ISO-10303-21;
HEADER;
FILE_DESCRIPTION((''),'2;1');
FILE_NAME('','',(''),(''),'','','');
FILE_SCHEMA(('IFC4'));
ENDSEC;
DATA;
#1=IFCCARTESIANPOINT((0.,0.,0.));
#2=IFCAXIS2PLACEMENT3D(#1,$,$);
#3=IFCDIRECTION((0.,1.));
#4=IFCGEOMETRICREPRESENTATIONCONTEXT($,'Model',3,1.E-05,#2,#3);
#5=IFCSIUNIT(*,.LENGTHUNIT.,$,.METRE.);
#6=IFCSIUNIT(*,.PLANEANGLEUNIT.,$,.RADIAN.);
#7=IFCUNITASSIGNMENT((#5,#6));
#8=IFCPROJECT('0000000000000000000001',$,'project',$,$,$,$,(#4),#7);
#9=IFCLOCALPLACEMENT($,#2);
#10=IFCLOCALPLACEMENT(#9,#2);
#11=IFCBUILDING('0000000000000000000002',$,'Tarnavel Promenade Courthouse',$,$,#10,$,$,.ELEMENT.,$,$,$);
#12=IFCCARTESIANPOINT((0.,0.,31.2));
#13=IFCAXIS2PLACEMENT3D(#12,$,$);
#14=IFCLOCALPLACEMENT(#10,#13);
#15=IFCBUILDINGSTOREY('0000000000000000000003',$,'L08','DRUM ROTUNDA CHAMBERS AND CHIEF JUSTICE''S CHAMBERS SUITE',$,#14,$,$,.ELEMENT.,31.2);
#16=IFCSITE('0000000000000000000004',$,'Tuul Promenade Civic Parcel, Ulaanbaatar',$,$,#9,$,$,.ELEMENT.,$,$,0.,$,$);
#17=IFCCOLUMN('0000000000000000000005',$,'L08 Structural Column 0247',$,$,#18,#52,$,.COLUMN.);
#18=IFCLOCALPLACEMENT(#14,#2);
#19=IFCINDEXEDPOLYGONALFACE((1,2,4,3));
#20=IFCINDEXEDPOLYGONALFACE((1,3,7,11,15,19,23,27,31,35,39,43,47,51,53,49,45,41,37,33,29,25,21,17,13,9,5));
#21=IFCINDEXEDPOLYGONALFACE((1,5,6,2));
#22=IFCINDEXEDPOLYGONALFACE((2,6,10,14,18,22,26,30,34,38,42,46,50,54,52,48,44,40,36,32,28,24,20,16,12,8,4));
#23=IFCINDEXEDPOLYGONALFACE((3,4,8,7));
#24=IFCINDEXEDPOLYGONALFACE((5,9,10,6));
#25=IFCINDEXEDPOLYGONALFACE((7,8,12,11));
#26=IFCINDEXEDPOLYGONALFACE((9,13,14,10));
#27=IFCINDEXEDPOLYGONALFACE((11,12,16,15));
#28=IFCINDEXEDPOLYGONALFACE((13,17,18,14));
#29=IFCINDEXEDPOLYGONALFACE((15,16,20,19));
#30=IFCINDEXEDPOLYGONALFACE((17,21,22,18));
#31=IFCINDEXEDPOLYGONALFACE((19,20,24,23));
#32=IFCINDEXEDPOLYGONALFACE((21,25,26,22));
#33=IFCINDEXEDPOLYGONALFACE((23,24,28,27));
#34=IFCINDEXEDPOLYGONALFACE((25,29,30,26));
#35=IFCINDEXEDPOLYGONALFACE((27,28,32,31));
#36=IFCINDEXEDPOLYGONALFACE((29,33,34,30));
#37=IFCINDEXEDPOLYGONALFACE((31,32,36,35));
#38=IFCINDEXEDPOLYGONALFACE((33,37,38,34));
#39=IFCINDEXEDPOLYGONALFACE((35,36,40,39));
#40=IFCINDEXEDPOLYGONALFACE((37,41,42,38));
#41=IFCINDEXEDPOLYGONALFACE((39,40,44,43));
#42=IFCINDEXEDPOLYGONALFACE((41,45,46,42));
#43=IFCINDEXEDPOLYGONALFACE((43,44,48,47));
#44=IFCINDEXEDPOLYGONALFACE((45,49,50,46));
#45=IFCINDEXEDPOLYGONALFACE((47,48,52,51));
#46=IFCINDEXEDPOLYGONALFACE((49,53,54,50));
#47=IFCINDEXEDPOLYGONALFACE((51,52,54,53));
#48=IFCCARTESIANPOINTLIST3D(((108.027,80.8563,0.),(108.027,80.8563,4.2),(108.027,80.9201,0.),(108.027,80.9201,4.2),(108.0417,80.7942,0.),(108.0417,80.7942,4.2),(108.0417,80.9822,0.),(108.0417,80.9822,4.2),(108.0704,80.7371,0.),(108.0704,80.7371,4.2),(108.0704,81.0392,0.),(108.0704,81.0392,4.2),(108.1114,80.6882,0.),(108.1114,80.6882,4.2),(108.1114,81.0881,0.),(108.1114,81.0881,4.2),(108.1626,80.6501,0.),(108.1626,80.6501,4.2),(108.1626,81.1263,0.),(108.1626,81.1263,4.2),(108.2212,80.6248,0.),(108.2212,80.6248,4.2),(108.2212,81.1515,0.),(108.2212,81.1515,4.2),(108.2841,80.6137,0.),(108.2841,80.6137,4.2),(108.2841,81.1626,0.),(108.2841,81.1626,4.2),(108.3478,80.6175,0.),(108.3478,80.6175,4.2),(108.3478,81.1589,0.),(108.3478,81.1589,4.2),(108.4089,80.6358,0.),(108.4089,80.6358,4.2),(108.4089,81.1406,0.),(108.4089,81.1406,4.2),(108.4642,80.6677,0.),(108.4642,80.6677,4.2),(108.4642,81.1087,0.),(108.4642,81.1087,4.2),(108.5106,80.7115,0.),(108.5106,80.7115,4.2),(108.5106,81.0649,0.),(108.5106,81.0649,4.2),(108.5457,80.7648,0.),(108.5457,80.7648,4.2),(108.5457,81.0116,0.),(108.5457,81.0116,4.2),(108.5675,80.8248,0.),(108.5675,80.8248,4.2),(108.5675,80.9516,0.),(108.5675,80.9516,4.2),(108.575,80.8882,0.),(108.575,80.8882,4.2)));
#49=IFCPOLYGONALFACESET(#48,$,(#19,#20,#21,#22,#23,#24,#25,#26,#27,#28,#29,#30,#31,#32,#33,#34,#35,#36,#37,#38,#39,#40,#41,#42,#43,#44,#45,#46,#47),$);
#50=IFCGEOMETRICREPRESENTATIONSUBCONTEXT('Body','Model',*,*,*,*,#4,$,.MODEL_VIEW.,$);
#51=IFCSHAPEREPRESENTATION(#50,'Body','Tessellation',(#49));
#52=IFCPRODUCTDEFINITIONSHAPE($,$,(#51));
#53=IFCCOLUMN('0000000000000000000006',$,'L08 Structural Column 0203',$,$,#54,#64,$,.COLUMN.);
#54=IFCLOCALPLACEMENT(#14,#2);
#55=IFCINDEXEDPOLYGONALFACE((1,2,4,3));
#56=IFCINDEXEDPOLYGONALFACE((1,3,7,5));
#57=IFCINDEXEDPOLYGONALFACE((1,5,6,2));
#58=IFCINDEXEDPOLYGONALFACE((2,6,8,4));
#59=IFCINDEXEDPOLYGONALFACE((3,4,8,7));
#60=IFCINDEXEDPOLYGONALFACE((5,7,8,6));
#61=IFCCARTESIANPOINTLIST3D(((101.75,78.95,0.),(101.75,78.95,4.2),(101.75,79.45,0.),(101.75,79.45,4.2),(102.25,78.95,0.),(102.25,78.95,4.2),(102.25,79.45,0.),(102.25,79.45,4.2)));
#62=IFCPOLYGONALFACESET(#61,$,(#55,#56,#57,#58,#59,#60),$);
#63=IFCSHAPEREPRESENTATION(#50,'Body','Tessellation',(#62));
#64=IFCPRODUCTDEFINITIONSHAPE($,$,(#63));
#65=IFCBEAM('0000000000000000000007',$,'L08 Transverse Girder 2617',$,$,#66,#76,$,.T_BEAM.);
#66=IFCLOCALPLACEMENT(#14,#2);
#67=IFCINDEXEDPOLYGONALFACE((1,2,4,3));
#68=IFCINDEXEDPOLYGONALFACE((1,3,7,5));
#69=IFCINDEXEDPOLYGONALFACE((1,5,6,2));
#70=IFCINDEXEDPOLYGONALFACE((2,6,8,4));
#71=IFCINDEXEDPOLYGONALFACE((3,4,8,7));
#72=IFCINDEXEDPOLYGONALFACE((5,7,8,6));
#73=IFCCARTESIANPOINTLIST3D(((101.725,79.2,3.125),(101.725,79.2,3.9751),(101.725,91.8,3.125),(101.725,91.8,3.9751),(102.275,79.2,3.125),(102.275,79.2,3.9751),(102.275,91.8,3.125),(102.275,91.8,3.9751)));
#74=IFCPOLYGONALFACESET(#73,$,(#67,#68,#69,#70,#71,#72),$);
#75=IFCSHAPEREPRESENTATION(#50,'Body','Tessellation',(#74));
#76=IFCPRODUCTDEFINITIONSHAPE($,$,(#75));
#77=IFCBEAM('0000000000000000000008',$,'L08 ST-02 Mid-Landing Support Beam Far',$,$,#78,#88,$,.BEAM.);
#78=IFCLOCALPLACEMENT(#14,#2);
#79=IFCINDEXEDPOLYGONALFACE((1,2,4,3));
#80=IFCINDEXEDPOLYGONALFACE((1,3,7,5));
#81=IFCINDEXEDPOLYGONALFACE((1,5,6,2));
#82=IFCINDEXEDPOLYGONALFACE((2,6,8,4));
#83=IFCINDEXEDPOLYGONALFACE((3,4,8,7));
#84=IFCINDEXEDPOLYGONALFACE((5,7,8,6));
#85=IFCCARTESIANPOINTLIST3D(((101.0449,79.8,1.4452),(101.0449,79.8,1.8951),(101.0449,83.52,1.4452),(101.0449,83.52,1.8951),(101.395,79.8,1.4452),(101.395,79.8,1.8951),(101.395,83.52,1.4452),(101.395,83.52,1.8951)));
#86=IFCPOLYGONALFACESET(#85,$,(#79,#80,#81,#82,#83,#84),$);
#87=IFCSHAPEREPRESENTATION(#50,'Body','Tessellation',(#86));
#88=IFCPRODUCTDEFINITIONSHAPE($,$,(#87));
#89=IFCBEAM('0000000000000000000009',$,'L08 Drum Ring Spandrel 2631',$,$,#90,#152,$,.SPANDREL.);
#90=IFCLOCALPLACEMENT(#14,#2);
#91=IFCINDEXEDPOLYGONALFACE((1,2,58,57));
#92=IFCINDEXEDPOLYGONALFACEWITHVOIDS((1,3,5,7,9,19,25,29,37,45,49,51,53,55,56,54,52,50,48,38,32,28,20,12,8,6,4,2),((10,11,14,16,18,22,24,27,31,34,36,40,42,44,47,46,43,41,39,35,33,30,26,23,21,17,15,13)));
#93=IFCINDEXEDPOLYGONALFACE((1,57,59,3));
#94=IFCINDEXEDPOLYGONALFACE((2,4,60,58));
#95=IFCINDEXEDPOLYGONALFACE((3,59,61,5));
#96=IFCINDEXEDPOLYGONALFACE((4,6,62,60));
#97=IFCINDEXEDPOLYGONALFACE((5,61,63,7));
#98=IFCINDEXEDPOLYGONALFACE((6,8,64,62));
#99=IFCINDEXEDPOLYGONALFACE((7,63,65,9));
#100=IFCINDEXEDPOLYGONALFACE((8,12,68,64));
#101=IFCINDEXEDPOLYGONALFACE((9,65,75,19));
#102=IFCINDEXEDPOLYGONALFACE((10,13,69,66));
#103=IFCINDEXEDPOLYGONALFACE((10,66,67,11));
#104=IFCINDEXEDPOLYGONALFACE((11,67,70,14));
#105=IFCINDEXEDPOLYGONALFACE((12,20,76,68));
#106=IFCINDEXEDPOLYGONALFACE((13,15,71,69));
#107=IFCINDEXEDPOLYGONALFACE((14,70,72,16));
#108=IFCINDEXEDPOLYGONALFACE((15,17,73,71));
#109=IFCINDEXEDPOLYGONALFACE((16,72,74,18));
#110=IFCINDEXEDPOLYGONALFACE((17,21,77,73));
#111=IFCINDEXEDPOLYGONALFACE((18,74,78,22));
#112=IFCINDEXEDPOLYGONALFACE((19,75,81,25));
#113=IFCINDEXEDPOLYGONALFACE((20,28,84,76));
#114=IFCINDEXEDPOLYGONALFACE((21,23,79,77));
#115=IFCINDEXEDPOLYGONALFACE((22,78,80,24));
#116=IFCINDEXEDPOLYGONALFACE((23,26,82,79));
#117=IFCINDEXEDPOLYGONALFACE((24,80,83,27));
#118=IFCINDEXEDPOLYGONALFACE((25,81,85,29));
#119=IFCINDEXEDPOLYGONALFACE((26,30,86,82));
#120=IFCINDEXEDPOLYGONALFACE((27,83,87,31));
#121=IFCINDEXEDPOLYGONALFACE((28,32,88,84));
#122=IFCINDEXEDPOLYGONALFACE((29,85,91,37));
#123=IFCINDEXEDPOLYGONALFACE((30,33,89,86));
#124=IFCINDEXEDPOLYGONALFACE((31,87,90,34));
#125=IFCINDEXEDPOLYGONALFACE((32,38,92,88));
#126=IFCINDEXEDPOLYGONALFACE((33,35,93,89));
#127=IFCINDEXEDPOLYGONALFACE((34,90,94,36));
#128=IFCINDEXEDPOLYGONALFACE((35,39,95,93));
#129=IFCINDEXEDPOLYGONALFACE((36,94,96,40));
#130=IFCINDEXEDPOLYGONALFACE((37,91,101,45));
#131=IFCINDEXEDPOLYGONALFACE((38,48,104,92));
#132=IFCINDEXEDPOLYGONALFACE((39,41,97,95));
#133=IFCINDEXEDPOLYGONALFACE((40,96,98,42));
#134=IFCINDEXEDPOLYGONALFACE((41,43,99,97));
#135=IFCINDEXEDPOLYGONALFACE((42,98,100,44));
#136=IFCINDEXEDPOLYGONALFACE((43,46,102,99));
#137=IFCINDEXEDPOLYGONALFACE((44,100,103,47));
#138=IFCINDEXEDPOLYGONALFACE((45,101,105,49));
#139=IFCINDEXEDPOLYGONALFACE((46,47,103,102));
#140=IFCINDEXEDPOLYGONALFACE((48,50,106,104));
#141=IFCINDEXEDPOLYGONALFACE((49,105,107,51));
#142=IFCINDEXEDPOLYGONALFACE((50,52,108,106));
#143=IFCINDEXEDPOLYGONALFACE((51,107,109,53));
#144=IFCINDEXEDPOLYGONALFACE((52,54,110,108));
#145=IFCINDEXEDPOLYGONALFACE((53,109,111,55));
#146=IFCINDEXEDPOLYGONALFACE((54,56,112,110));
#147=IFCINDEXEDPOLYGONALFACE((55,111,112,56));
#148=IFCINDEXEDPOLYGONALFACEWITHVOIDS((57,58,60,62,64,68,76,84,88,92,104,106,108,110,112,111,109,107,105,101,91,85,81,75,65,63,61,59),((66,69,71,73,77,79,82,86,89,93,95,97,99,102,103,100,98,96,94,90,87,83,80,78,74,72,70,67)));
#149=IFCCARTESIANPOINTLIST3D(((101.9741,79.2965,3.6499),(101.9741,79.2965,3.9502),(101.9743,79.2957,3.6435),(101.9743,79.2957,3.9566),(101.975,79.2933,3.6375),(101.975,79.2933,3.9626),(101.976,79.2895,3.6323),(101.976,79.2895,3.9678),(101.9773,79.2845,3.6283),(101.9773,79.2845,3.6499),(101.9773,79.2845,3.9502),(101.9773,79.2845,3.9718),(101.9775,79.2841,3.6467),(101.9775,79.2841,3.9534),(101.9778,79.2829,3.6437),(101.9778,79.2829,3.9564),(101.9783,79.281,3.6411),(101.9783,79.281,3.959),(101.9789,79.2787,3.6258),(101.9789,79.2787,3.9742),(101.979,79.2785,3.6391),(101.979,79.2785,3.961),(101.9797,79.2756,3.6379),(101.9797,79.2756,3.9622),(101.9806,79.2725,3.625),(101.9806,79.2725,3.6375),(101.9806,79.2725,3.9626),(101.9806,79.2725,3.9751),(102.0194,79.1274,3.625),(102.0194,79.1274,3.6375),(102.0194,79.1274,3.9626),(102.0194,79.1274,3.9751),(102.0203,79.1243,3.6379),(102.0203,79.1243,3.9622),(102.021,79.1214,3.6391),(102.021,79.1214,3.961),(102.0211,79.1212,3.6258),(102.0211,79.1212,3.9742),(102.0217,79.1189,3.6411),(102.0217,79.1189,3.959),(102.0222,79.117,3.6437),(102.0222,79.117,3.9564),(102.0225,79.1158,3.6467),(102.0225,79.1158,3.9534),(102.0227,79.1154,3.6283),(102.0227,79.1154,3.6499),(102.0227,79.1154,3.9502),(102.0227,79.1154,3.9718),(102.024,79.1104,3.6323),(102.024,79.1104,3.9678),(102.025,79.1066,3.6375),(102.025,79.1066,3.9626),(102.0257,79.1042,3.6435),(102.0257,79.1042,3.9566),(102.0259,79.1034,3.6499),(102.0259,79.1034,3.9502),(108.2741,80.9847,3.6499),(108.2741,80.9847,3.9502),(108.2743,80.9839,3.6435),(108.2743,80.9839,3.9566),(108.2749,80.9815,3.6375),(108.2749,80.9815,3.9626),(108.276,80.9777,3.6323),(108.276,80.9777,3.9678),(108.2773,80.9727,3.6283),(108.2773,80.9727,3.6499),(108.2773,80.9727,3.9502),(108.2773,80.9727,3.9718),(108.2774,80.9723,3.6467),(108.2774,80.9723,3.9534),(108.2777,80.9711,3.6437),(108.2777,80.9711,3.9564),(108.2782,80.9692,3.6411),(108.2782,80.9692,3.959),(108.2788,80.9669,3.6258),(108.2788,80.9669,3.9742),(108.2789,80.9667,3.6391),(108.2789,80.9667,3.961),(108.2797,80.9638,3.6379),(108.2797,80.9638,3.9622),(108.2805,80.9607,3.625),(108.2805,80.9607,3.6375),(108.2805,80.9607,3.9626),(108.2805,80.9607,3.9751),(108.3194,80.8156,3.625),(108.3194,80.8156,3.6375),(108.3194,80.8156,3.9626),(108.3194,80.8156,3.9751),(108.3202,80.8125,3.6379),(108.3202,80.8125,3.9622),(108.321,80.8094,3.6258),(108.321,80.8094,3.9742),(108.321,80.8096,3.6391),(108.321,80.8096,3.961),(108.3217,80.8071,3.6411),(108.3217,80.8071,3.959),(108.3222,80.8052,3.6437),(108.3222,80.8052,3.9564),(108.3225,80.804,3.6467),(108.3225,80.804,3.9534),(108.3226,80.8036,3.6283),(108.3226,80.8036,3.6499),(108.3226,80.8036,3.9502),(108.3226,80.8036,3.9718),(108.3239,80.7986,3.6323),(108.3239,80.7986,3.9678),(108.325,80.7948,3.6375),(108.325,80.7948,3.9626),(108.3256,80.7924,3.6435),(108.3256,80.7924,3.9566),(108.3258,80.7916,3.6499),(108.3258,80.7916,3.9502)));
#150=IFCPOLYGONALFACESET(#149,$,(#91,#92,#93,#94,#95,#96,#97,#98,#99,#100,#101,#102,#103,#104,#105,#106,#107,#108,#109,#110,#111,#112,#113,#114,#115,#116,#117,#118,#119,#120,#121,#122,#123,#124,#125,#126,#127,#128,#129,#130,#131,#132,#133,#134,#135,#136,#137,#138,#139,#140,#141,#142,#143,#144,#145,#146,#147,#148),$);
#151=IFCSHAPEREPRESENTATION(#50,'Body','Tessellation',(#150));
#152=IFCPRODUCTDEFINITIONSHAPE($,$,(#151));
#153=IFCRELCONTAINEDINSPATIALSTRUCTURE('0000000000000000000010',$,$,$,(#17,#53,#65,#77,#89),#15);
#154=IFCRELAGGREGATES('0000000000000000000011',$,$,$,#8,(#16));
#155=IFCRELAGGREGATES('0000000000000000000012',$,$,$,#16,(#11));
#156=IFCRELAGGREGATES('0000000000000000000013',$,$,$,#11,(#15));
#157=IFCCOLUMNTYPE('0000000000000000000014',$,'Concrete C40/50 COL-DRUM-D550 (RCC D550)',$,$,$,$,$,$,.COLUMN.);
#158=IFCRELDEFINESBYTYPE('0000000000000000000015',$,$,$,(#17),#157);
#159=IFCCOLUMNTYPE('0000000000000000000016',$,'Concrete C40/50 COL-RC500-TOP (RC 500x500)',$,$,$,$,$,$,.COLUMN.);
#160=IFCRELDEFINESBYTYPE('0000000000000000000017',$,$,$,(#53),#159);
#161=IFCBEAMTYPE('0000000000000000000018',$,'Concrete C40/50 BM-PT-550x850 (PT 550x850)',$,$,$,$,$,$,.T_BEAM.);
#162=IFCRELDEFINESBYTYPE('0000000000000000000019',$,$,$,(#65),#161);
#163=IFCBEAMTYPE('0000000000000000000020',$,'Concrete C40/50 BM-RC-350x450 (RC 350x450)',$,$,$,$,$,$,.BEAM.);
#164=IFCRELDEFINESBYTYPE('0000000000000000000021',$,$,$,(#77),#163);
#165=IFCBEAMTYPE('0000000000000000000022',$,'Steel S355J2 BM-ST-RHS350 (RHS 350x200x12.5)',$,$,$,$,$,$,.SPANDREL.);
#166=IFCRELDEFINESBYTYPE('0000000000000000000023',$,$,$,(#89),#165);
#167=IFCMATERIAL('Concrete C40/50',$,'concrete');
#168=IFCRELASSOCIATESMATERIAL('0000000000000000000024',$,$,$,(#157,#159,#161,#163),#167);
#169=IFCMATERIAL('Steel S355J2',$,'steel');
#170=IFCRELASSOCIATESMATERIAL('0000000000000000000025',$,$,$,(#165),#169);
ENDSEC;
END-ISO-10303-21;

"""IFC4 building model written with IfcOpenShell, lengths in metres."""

from ifc_helpers import new_model, si_unit, direction, frame, origin, origin_2d, place, context, subcontext, project, spatial, rectangle, hollow_rectangle, circle, extrude, material, material_profile, profile_set, type_object, element, save


model = new_model("IFC4")

# Units and contexts
model_context = context("Model", 3, precision=1e-05, world=origin(), true_north=direction((0.0, 1.0)))
body_context = subcontext(model_context, "Body", "Model", "MODEL_VIEW")
ifc_project = project(units=[si_unit("LENGTHUNIT", "METRE"), si_unit("PLANEANGLEUNIT", "RADIAN")], contexts=[model_context])

# Site, building, storey
site_placement = place(None, origin())
site = spatial("IfcSite", under=ifc_project, at=site_placement, Name="Tuul Promenade Civic Parcel, Ulaanbaatar", CompositionType="ELEMENT", RefElevation=0.0)
building_placement = place(site_placement, origin())
building = spatial("IfcBuilding", under=site, at=building_placement, Name="Tarnavel Promenade Courthouse", CompositionType="ELEMENT")
storey_placement = place(building_placement, frame((0.0, 0.0, 31.2)))
storey = spatial("IfcBuildingStorey", under=building, at=storey_placement, Name="L08", Description="DRUM ROTUNDA CHAMBERS AND CHIEF JUSTICE'S CHAMBERS SUITE", CompositionType="ELEMENT", Elevation=31.2)

# Columns
ifc_material_1 = material(Name="Concrete C40/50", Category="concrete")
ifc_material_profile_1 = material_profile(ifc_material_1, circle(Radius=0.2749, at=origin_2d()), Name="RCC D550")
ifc_profile_set_1 = profile_set([ifc_material_profile_1], Name="Concrete C40/50")
column_type_1 = type_object("IfcColumnType", Name="Concrete C40/50 COL-DRUM-D550 (RCC D550)", PredefinedType="COLUMN", material=ifc_profile_set_1)
column_1_placement = place(storey_placement, frame((108.3, 80.8882, 0.0), z_axis=(0.0, 0.0, 1.0), x_axis=(1.0, 0.0, 0.0)))
element("IfcColumn", 1, at=column_1_placement, inside=storey, type_object=column_type_1, Name="L08 Structural Column 0247", PredefinedType="COLUMN", context=body_context, shape_type="SweptSolid", body=[
    extrude(circle(Radius=0.2749, at=origin_2d()), origin(), (0.0, 0.0, 1.0), 4.2),
])
ifc_material_profile_2 = material_profile(ifc_material_1, rectangle(XDim=0.5, YDim=0.5, at=origin_2d()), Name="RC 500x500")
ifc_profile_set_2 = profile_set([ifc_material_profile_2], Name="Concrete C40/50")
column_type_2 = type_object("IfcColumnType", Name="Concrete C40/50 COL-RC500-TOP (RC 500x500)", PredefinedType="COLUMN", material=ifc_profile_set_2)
column_2_placement = place(storey_placement, frame((102.0, 79.2, 0.0), z_axis=(0.0, 0.0, 1.0), x_axis=(1.0, 0.0, 0.0)))
element("IfcColumn", 2, at=column_2_placement, inside=storey, type_object=column_type_2, Name="L08 Structural Column 0203", PredefinedType="COLUMN", context=body_context, shape_type="SweptSolid", body=[
    extrude(rectangle(XDim=0.5, YDim=0.5, at=origin_2d()), origin(), (0.0, 0.0, 1.0), 4.2),
])

# Beams
ifc_material_profile_3 = material_profile(ifc_material_1, rectangle(XDim=0.55, YDim=0.8501, at=origin_2d()), Name="PT 550x850")
ifc_profile_set_3 = profile_set([ifc_material_profile_3], Name="Concrete C40/50")
beam_type_1 = type_object("IfcBeamType", Name="Concrete C40/50 BM-PT-550x850 (PT 550x850)", PredefinedType="T_BEAM", material=ifc_profile_set_3)
beam_1_placement = place(storey_placement, frame((102.0, 79.2, 3.55), z_axis=(0.0, 1.0, 0.0), x_axis=(-1.0, 0.0, 0.0)))
element("IfcBeam", 3, at=beam_1_placement, inside=storey, type_object=beam_type_1, Name="L08 Transverse Girder 2617", PredefinedType="T_BEAM", context=body_context, shape_type="SweptSolid", body=[
    extrude(rectangle(XDim=0.55, YDim=0.8501, at=origin_2d()), origin(), (0.0, 0.0, 1.0), 12.6001),
])
ifc_material_profile_4 = material_profile(ifc_material_1, rectangle(XDim=0.3501, YDim=0.45, at=origin_2d()), Name="RC 350x450")
ifc_profile_set_4 = profile_set([ifc_material_profile_4], Name="Concrete C40/50")
beam_type_2 = type_object("IfcBeamType", Name="Concrete C40/50 BM-RC-350x450 (RC 350x450)", PredefinedType="BEAM", material=ifc_profile_set_4)
beam_2_placement = place(storey_placement, frame((101.22, 79.8, 1.6702), z_axis=(0.0, 1.0, 0.0), x_axis=(-1.0, 0.0, 0.0)))
element("IfcBeam", 4, at=beam_2_placement, inside=storey, type_object=beam_type_2, Name="L08 ST-02 Mid-Landing Support Beam Far", PredefinedType="BEAM", context=body_context, shape_type="SweptSolid", body=[
    extrude(rectangle(XDim=0.3501, YDim=0.45, at=origin_2d()), origin(), (0.0, 0.0, 1.0), 3.72),
])
ifc_material_2 = material(Name="Steel S355J2", Category="steel")
ifc_material_profile_5 = material_profile(ifc_material_2, hollow_rectangle(XDim=0.2, YDim=0.3501, WallThickness=0.0125, InnerFilletRadius=0.0125, OuterFilletRadius=0.0249, at=origin_2d()), Name="RHS 350x200x12.5")
ifc_profile_set_5 = profile_set([ifc_material_profile_5], Name="Steel S355J2")
beam_type_3 = type_object("IfcBeamType", Name="Steel S355J2 BM-ST-RHS350 (RHS 350x200x12.5)", PredefinedType="SPANDREL", material=ifc_profile_set_5)
beam_3_placement = place(storey_placement, frame((102.0, 79.2, 3.8), z_axis=(0.96592, 0.258839, 0.0), x_axis=(-0.258839, 0.96592, 0.0)))
element("IfcBeam", 5, at=beam_3_placement, inside=storey, type_object=beam_type_3, Name="L08 Drum Ring Spandrel 2631", PredefinedType="SPANDREL", context=body_context, shape_type="SweptSolid", body=[
    extrude(hollow_rectangle(XDim=0.2, YDim=0.3501, WallThickness=0.0125, InnerFilletRadius=0.0125, OuterFilletRadius=0.0249, at=origin_2d()), origin(), (0.0, 0.0, 1.0), 6.5222),
])

save(model, "model.ifc")
